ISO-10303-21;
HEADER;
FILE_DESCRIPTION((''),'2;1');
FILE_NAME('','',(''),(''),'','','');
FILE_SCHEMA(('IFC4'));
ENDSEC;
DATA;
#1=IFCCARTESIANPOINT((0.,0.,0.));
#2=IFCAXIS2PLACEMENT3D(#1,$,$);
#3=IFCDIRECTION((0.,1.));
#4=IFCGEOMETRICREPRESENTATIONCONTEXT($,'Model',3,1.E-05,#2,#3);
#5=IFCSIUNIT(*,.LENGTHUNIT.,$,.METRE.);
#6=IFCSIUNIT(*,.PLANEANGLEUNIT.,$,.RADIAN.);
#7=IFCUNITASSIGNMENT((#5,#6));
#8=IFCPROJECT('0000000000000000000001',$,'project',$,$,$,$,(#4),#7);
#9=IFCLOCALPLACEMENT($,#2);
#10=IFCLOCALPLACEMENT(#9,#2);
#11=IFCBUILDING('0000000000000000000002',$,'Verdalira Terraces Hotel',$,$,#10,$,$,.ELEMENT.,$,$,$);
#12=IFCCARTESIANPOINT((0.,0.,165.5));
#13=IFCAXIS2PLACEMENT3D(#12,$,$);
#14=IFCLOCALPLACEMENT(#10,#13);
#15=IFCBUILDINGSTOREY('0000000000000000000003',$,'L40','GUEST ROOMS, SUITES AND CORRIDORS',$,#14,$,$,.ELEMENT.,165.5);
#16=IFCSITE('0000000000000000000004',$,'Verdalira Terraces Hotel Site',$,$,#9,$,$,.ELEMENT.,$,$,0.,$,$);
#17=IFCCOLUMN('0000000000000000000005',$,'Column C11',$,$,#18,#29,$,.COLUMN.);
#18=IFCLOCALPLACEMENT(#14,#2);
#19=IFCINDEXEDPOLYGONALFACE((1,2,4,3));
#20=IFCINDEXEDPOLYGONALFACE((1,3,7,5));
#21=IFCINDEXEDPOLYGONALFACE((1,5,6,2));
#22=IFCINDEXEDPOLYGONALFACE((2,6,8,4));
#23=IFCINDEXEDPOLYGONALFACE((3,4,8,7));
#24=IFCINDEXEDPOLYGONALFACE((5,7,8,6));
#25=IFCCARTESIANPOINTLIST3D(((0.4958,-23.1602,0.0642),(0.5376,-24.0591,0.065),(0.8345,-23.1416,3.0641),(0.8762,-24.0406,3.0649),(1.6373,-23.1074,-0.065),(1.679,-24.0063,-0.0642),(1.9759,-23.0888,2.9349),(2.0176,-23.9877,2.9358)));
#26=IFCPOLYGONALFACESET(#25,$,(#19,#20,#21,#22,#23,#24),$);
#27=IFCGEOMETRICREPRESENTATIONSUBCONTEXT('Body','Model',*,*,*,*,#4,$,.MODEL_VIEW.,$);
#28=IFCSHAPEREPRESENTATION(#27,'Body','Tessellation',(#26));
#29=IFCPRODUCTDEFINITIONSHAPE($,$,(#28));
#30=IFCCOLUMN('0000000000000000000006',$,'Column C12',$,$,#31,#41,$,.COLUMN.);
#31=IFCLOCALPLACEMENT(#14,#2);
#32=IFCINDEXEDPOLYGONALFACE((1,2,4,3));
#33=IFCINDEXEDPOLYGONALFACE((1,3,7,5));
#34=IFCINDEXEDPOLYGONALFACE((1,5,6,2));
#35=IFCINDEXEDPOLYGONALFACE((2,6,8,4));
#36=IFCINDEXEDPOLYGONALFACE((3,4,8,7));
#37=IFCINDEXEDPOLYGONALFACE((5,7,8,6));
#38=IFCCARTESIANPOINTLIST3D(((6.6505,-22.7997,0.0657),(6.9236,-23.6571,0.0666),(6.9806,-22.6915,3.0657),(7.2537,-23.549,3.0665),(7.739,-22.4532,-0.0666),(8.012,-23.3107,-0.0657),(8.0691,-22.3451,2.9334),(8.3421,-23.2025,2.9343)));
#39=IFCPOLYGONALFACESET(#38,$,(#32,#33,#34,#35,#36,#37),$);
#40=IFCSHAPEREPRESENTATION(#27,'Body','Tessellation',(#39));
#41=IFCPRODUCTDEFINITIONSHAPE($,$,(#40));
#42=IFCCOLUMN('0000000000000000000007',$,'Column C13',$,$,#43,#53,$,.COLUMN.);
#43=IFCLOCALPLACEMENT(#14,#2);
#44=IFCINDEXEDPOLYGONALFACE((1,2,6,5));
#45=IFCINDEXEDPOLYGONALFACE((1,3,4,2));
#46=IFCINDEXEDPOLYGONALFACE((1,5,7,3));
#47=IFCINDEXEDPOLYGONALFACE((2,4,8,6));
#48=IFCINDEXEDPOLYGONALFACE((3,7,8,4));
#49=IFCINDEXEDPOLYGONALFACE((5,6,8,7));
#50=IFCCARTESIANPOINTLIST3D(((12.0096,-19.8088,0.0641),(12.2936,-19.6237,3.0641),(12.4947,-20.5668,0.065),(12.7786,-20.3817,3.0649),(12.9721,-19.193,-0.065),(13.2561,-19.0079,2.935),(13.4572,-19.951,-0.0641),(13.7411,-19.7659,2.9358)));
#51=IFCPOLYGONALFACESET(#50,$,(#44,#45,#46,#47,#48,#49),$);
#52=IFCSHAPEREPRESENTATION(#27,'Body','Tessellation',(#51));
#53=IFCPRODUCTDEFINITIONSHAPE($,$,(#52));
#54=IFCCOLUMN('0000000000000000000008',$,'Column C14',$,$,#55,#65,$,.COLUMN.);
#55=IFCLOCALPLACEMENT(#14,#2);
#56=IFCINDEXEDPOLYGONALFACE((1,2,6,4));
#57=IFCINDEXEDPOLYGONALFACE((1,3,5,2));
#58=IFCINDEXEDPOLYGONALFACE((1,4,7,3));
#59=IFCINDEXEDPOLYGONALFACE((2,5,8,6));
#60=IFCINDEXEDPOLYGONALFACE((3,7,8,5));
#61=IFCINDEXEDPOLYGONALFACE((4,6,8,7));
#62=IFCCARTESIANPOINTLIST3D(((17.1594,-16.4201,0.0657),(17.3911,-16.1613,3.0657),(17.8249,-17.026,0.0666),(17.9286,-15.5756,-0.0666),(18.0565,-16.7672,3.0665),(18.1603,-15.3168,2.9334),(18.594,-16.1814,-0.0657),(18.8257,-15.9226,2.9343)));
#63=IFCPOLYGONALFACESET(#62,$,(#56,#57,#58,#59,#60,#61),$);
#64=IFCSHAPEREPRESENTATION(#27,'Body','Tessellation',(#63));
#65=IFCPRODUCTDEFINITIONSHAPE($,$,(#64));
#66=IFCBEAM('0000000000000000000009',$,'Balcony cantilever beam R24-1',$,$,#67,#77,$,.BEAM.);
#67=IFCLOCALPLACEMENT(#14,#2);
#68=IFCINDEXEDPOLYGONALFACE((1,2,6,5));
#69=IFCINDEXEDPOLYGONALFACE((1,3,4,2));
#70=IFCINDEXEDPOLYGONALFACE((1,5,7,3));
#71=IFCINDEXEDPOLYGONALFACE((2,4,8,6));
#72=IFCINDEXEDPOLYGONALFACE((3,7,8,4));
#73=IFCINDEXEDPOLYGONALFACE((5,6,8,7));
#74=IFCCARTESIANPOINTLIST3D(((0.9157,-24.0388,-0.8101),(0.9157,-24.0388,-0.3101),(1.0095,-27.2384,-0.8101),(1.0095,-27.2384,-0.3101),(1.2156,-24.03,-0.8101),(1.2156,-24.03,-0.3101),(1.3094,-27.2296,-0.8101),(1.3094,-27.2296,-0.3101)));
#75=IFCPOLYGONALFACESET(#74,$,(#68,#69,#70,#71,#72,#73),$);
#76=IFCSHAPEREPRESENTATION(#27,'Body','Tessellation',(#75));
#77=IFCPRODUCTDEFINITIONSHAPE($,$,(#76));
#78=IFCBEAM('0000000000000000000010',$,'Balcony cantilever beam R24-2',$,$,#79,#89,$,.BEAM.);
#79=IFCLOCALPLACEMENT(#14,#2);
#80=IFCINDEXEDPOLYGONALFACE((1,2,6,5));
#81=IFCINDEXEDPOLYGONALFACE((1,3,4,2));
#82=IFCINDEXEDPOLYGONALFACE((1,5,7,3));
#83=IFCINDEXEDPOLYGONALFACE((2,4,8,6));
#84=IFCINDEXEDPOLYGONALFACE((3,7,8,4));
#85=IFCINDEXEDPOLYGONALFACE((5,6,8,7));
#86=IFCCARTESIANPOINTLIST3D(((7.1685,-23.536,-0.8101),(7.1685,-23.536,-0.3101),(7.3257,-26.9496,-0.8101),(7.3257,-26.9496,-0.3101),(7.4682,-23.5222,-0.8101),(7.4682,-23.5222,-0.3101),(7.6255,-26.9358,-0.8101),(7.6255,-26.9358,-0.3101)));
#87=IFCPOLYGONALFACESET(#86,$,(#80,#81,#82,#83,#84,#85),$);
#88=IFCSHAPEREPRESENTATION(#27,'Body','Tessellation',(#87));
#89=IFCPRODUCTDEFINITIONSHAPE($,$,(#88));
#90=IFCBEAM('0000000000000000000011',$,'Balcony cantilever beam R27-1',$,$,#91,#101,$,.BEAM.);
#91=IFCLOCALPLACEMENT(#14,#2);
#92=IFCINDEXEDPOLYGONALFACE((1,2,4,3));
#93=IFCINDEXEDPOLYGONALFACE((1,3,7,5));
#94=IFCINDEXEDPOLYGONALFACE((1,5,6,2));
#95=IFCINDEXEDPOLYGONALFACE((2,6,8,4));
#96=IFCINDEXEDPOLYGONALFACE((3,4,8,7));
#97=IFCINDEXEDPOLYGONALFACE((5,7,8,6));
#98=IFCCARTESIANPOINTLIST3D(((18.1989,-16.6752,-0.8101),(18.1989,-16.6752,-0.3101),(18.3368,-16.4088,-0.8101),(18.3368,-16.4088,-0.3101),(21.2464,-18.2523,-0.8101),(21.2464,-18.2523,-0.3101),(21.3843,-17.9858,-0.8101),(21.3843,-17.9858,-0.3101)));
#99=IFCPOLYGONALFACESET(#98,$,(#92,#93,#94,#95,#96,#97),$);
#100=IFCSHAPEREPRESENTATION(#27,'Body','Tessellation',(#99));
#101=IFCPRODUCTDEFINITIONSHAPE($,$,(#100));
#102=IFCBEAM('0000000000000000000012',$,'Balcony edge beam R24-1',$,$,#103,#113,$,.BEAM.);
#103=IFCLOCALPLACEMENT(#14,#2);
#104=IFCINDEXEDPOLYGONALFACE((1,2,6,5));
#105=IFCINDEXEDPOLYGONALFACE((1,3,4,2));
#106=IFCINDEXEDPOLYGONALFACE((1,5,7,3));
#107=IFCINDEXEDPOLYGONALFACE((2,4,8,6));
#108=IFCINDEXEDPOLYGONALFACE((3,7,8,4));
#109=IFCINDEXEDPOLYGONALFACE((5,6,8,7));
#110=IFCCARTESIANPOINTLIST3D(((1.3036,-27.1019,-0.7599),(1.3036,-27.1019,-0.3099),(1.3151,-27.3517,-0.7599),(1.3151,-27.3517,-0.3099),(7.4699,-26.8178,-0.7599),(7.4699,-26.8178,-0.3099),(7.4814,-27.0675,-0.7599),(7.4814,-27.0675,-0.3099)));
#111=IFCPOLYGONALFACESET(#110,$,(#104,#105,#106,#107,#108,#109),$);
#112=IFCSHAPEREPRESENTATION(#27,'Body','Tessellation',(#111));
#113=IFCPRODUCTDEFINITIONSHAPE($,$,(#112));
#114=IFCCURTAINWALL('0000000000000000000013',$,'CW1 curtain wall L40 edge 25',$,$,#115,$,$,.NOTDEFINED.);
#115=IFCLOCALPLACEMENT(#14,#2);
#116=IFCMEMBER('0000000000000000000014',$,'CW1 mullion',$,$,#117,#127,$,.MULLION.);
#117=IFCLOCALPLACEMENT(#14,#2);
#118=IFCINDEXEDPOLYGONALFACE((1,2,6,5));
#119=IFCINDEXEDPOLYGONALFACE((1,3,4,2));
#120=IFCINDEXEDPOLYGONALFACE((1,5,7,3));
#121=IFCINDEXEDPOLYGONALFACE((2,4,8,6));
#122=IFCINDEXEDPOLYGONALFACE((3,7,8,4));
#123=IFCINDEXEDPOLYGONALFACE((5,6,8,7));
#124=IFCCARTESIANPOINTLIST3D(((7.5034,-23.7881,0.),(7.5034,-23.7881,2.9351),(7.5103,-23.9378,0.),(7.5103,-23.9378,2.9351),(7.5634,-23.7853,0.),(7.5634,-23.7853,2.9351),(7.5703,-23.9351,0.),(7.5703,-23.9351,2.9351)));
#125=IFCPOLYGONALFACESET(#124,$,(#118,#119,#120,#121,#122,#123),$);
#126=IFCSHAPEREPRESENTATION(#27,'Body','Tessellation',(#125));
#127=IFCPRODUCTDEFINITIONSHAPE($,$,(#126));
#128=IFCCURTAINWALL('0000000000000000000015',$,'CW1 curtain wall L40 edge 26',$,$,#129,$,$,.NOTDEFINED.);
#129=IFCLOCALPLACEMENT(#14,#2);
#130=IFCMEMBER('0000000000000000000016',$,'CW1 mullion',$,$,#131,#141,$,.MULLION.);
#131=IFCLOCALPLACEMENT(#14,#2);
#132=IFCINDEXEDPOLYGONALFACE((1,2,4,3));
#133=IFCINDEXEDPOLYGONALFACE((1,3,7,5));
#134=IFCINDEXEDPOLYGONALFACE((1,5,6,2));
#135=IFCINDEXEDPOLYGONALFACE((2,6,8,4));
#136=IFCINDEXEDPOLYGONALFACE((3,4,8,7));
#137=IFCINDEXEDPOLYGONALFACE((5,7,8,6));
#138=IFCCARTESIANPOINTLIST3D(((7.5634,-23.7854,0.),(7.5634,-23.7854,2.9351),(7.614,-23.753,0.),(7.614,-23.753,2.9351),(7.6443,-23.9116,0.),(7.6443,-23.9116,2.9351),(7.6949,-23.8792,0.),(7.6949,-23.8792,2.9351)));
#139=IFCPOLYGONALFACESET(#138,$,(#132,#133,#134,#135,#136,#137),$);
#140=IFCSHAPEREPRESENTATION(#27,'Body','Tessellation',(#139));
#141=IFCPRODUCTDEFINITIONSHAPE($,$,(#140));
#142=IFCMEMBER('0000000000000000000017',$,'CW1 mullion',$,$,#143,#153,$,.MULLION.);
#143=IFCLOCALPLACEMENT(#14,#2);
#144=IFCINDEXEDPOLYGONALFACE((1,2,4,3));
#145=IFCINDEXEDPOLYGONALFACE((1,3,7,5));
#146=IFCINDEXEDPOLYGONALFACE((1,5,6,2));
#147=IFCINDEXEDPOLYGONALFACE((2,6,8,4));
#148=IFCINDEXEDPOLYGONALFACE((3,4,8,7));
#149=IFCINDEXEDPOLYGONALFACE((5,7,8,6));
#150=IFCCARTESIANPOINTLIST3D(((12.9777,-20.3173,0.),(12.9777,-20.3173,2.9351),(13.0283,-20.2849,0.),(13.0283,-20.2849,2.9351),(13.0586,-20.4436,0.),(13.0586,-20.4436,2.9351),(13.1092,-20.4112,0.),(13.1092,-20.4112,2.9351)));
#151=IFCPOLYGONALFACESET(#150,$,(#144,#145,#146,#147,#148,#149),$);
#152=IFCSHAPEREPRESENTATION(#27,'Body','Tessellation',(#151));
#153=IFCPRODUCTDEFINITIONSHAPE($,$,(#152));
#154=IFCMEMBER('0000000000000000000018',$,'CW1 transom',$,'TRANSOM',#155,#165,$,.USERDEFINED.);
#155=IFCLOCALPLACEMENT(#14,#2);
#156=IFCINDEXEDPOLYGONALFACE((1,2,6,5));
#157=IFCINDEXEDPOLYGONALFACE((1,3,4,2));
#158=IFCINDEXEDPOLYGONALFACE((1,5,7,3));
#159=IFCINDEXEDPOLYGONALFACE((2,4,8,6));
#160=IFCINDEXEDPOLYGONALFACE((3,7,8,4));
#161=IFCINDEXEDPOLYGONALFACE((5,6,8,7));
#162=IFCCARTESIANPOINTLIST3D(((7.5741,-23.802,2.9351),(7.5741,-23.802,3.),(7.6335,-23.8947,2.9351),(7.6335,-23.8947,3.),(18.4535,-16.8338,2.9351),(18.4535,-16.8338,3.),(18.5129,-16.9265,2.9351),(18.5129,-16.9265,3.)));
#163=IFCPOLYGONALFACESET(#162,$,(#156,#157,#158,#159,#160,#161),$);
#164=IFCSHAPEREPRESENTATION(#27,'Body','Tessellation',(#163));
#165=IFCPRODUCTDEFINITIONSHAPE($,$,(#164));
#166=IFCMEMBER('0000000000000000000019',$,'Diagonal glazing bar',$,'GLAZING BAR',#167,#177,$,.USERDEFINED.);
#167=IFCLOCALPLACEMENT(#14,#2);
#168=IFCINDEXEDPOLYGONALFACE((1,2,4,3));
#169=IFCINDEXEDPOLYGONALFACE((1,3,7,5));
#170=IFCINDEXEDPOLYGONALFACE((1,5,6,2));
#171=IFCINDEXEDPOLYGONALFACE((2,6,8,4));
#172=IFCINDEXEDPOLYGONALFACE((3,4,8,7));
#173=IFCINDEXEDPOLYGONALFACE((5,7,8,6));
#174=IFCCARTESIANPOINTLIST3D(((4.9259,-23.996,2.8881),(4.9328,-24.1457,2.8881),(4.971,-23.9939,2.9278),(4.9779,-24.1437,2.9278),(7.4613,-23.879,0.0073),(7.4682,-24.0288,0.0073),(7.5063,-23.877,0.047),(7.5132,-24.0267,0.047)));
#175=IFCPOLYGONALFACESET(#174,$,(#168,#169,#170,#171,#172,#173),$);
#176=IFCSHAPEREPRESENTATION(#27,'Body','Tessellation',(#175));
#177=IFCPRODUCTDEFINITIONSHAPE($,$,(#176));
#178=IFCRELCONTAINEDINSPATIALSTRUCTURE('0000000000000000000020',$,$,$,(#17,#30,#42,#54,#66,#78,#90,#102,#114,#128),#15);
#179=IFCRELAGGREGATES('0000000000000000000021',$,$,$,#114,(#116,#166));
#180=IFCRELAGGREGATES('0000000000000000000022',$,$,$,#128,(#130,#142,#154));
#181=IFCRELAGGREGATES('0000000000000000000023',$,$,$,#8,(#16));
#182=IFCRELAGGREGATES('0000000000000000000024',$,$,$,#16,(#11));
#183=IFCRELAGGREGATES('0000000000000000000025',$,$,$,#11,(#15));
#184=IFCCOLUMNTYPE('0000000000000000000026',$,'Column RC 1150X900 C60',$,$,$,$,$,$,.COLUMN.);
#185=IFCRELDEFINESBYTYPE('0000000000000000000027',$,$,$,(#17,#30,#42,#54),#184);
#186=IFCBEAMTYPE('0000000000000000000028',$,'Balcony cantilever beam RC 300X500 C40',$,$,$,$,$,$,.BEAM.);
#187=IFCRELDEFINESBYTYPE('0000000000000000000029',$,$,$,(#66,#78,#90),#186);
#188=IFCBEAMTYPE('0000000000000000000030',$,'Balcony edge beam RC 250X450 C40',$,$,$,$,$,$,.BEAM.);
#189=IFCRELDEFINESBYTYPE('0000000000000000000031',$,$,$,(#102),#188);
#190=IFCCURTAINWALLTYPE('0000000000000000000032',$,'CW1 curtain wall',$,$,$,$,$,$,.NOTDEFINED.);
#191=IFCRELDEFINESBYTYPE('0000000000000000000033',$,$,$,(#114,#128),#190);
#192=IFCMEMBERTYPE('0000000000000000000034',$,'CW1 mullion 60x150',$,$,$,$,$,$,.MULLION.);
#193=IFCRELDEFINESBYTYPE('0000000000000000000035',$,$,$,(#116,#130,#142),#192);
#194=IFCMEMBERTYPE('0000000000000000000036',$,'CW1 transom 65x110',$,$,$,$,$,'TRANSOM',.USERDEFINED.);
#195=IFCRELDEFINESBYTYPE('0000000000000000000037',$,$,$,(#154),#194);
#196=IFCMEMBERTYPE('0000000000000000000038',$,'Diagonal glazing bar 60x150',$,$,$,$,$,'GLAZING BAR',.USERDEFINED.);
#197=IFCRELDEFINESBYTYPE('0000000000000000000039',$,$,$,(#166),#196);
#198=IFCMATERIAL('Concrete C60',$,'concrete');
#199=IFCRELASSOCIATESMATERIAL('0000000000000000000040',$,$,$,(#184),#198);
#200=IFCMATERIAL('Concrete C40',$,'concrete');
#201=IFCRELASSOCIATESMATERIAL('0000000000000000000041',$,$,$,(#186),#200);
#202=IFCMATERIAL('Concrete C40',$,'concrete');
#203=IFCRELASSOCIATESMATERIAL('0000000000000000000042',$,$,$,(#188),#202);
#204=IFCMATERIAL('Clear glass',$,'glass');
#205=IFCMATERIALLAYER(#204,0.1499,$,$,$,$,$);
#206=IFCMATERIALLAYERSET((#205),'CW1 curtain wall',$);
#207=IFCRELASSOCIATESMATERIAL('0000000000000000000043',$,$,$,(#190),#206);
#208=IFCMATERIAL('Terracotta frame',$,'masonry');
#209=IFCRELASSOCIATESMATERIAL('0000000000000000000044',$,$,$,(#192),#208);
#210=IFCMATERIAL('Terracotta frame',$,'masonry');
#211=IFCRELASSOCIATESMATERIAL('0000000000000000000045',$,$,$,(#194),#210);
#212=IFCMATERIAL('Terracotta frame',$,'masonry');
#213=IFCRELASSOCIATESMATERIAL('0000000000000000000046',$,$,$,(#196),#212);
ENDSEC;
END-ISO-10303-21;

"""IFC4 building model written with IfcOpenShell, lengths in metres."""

from ifc_helpers import new_model, si_unit, direction, frame, origin, origin_2d, place, context, subcontext, project, spatial, rectangle, extrude, material, layer, layer_set, material_profile, profile_set, type_object, element, aggregate, save


model = new_model("IFC4")

# Units and contexts
model_context = context("Model", 3, precision=1e-05, world=origin(), true_north=direction((0.0, 1.0)))
body_context = subcontext(model_context, "Body", "Model", "MODEL_VIEW")
ifc_project = project(units=[si_unit("LENGTHUNIT", "METRE"), si_unit("PLANEANGLEUNIT", "RADIAN")], contexts=[model_context])

# Site, building, storey
site_placement = place(None, origin())
site = spatial("IfcSite", under=ifc_project, at=site_placement, Name="Verdalira Terraces Hotel Site", CompositionType="ELEMENT", RefElevation=0.0)
building_placement = place(site_placement, origin())
building = spatial("IfcBuilding", under=site, at=building_placement, Name="Verdalira Terraces Hotel", CompositionType="ELEMENT")
storey_placement = place(building_placement, frame((0.0, 0.0, 165.5)))
storey = spatial("IfcBuildingStorey", under=building, at=storey_placement, Name="L40", Description="GUEST ROOMS, SUITES AND CORRIDORS", CompositionType="ELEMENT", Elevation=165.5)

# Columns
ifc_material_1 = material(Name="Concrete C60", Category="concrete")
ifc_material_profile_1 = material_profile(ifc_material_1, rectangle(XDim=1.1499, YDim=0.8999, at=origin_2d()), Name="RC 1150X900")
ifc_profile_set_1 = profile_set([ifc_material_profile_1], Name="Concrete C60")
column_type = type_object("IfcColumnType", Name="Column RC 1150X900 C60", PredefinedType="COLUMN", material=ifc_profile_set_1)
column_1_placement = place(storey_placement, frame((1.0874, -23.5833, 0.0), z_axis=(0.11216, 0.006146, 0.993671), x_axis=(0.992609, 0.045945, -0.112324)))
element("IfcColumn", 1, at=column_1_placement, inside=storey, type_object=column_type, Name="Column C11", PredefinedType="COLUMN", context=body_context, shape_type="SweptSolid", body=[
    extrude(rectangle(XDim=1.1499, YDim=0.8999, at=origin_2d()), origin(), (0.0, 0.0, 1.0), 3.019),
])
column_2_placement = place(storey_placement, frame((7.3313, -23.0552, 0.0), z_axis=(0.109296, 0.035812, 0.993364), x_axis=(-0.946574, -0.301282, 0.115009)))
element("IfcColumn", 2, at=column_2_placement, inside=storey, type_object=column_type, Name="Column C12", PredefinedType="COLUMN", context=body_context, shape_type="SweptSolid", body=[
    extrude(rectangle(XDim=1.1499, YDim=0.8999, at=origin_2d()), origin(), (0.0, 0.0, 1.0), 3.02),
])
column_3_placement = place(storey_placement, frame((12.7334, -19.8799, 0.0), z_axis=(0.094047, 0.061296, 0.993679), x_axis=(0.837047, 0.535492, -0.112255)))
element("IfcColumn", 3, at=column_3_placement, inside=storey, type_object=column_type, Name="Column C13", PredefinedType="COLUMN", context=body_context, shape_type="SweptSolid", body=[
    extrude(rectangle(XDim=1.1499, YDim=0.8999, at=origin_2d()), origin(), (0.0, 0.0, 1.0), 3.019),
])
column_4_placement = place(storey_placement, frame((17.8767, -16.3008, 0.0), z_axis=(0.076717, 0.085691, 0.993364), x_axis=(-0.668854, -0.734443, 0.115011)))
element("IfcColumn", 4, at=column_4_placement, inside=storey, type_object=column_type, Name="Column C14", PredefinedType="COLUMN", context=body_context, shape_type="SweptSolid", body=[
    extrude(rectangle(XDim=1.1499, YDim=0.8999, at=origin_2d()), origin(), (0.0, 0.0, 1.0), 3.02),
])

# Beams
ifc_material_2 = material(Name="Concrete C40", Category="concrete")
ifc_material_profile_2 = material_profile(ifc_material_2, rectangle(XDim=0.3, YDim=0.5, at=origin_2d()), Name="RC 300X500")
ifc_profile_set_2 = profile_set([ifc_material_profile_2], Name="Concrete C40")
beam_type_1 = type_object("IfcBeamType", Name="Balcony cantilever beam RC 300X500 C40", PredefinedType="BEAM", material=ifc_profile_set_2)
beam_1_placement = place(storey_placement, frame((1.0657, -24.0344, -0.5601), z_axis=(0.029289, -0.999571, 0.0), x_axis=(0.999571, 0.029289, 0.0)))
element("IfcBeam", 5, at=beam_1_placement, inside=storey, type_object=beam_type_1, Name="Balcony cantilever beam R24-1", PredefinedType="BEAM", context=body_context, shape_type="SweptSolid", body=[
    extrude(rectangle(XDim=0.3, YDim=0.5, at=origin_2d()), origin(), (0.0, 0.0, 1.0), 3.2009),
])
beam_2_placement = place(storey_placement, frame((7.3184, -23.5291, -0.5601), z_axis=(0.04601, -0.998941, 0.0), x_axis=(0.998941, 0.04601, 0.0)))
element("IfcBeam", 6, at=beam_2_placement, inside=storey, type_object=beam_type_1, Name="Balcony cantilever beam R24-2", PredefinedType="BEAM", context=body_context, shape_type="SweptSolid", body=[
    extrude(rectangle(XDim=0.3, YDim=0.5, at=origin_2d()), origin(), (0.0, 0.0, 1.0), 3.4172),
])
beam_3_placement = place(storey_placement, frame((18.2678, -16.542, -0.5601), z_axis=(0.888123, -0.459607, 0.0), x_axis=(0.459607, 0.888123, 0.0)))
element("IfcBeam", 7, at=beam_3_placement, inside=storey, type_object=beam_type_1, Name="Balcony cantilever beam R27-1", PredefinedType="BEAM", context=body_context, shape_type="SweptSolid", body=[
    extrude(rectangle(XDim=0.3, YDim=0.5, at=origin_2d()), origin(), (0.0, 0.0, 1.0), 3.4314),
])
ifc_material_3 = material(Name="Concrete C40", Category="concrete")
ifc_material_profile_3 = material_profile(ifc_material_3, rectangle(XDim=0.25, YDim=0.45, at=origin_2d()), Name="RC 250X450")
ifc_profile_set_3 = profile_set([ifc_material_profile_3], Name="Concrete C40")
beam_type_2 = type_object("IfcBeamType", Name="Balcony edge beam RC 250X450 C40", PredefinedType="BEAM", material=ifc_profile_set_3)
beam_4_placement = place(storey_placement, frame((1.3093, -27.2268, -0.5349), z_axis=(0.99894, 0.046037, 0.0), x_axis=(-0.046037, 0.99894, 0.0)))
element("IfcBeam", 8, at=beam_4_placement, inside=storey, type_object=beam_type_2, Name="Balcony edge beam R24-1", PredefinedType="BEAM", context=body_context, shape_type="SweptSolid", body=[
    extrude(rectangle(XDim=0.25, YDim=0.45, at=origin_2d()), origin(), (0.0, 0.0, 1.0), 6.1729),
])

# Curtain wall, member
ifc_material_4 = material(Name="Clear glass", Category="glass")
ifc_layer_1 = layer(ifc_material_4, 0.1499)
ifc_layer_set_1 = layer_set([ifc_layer_1], Name="CW1 curtain wall")
curtain_wall_type = type_object("IfcCurtainWallType", Name="CW1 curtain wall", PredefinedType="NOTDEFINED", material=ifc_layer_set_1)
curtain_wall_1_placement = place(storey_placement, origin())
curtain_wall_1 = element("IfcCurtainWall", 9, at=curtain_wall_1_placement, inside=storey, type_object=curtain_wall_type, Name="CW1 curtain wall L40 edge 25", PredefinedType="NOTDEFINED")
ifc_material_5 = material(Name="Terracotta frame", Category="masonry")
ifc_material_profile_4 = material_profile(ifc_material_5, rectangle(XDim=0.0601, YDim=0.1499, at=origin_2d()), Name="MU 60x150")
ifc_profile_set_4 = profile_set([ifc_material_profile_4], Name="Terracotta frame")
member_type_1 = type_object("IfcMemberType", Name="CW1 mullion 60x150", PredefinedType="MULLION", material=ifc_profile_set_4)
member_1_placement = place(storey_placement, frame((7.5369, -23.8616, 0.0), z_axis=(0.0, 0.0, 1.0), x_axis=(0.998939, 0.04606, 0.0)))
member_1 = element("IfcMember", 10, at=member_1_placement, type_object=member_type_1, Name="CW1 mullion", PredefinedType="MULLION", context=body_context, shape_type="SweptSolid", body=[
    extrude(rectangle(XDim=0.0601, YDim=0.1499, at=origin_2d()), origin(), (0.0, 0.0, 1.0), 2.9351),
])

# Curtain wall, members
curtain_wall_2_placement = place(storey_placement, origin())
curtain_wall_2 = element("IfcCurtainWall", 11, at=curtain_wall_2_placement, inside=storey, type_object=curtain_wall_type, Name="CW1 curtain wall L40 edge 26", PredefinedType="NOTDEFINED")
member_2_placement = place(storey_placement, frame((7.6292, -23.8323, 0.0), z_axis=(0.0, 0.0, 1.0), x_axis=(0.842076, 0.539359, 0.0)))
member_2 = element("IfcMember", 12, at=member_2_placement, type_object=member_type_1, Name="CW1 mullion", PredefinedType="MULLION", context=body_context, shape_type="SweptSolid", body=[
    extrude(rectangle(XDim=0.0601, YDim=0.1499, at=origin_2d()), origin(), (0.0, 0.0, 1.0), 2.9351),
])
member_3_placement = place(storey_placement, frame((13.0435, -20.3643, 0.0), z_axis=(0.0, 0.0, 1.0), x_axis=(0.842076, 0.539359, 0.0)))
member_3 = element("IfcMember", 13, at=member_3_placement, type_object=member_type_1, Name="CW1 mullion", PredefinedType="MULLION", context=body_context, shape_type="SweptSolid", body=[
    extrude(rectangle(XDim=0.0601, YDim=0.1499, at=origin_2d()), origin(), (0.0, 0.0, 1.0), 2.9351),
])
ifc_material_6 = material(Name="Terracotta frame", Category="masonry")
ifc_material_profile_5 = material_profile(ifc_material_6, rectangle(XDim=0.1101, YDim=0.0649, at=origin_2d()), Name="TR 65x110")
ifc_profile_set_5 = profile_set([ifc_material_profile_5], Name="Terracotta frame")
member_type_2 = type_object("IfcMemberType", Name="CW1 transom 65x110", ElementType="TRANSOM", PredefinedType="USERDEFINED", material=ifc_profile_set_5)
member_4_placement = place(storey_placement, frame((7.6038, -23.8484, 2.9675), z_axis=(0.84208, 0.539353, 0.0), x_axis=(-0.539353, 0.84208, 0.0)))
member_4 = element("IfcMember", 14, at=member_4_placement, type_object=member_type_2, Name="CW1 transom", ObjectType="TRANSOM", PredefinedType="USERDEFINED", context=body_context, shape_type="SweptSolid", body=[
    extrude(rectangle(XDim=0.1101, YDim=0.0649, at=origin_2d()), origin(), (0.0, 0.0, 1.0), 12.9197),
])

# Member
ifc_material_7 = material(Name="Terracotta frame", Category="masonry")
ifc_material_profile_6 = material_profile(ifc_material_7, rectangle(XDim=0.1499, YDim=0.0601, at=origin_2d()), Name="GB 60x150")
ifc_profile_set_6 = profile_set([ifc_material_profile_6], Name="Terracotta frame")
member_type_3 = type_object("IfcMemberType", Name="Diagonal glazing bar 60x150", ElementType="GLAZING BAR", PredefinedType="USERDEFINED", material=ifc_profile_set_6)
member_5_placement = place(storey_placement, frame((4.9519, -24.0698, 2.908), z_axis=(0.660357, 0.030458, -0.750334), x_axis=(-0.046075, 0.998938, 0.0)))
member_5 = element("IfcMember", 15, at=member_5_placement, type_object=member_type_3, Name="Diagonal glazing bar", ObjectType="GLAZING BAR", PredefinedType="USERDEFINED", context=body_context, shape_type="SweptSolid", body=[
    extrude(rectangle(XDim=0.1499, YDim=0.0601, at=origin_2d()), origin(), (0.0, 0.0, 1.0), 3.8394),
])

aggregate(curtain_wall_1, [member_1, member_5])
aggregate(curtain_wall_2, [member_2, member_3, member_4])

save(model, "model.ifc")
